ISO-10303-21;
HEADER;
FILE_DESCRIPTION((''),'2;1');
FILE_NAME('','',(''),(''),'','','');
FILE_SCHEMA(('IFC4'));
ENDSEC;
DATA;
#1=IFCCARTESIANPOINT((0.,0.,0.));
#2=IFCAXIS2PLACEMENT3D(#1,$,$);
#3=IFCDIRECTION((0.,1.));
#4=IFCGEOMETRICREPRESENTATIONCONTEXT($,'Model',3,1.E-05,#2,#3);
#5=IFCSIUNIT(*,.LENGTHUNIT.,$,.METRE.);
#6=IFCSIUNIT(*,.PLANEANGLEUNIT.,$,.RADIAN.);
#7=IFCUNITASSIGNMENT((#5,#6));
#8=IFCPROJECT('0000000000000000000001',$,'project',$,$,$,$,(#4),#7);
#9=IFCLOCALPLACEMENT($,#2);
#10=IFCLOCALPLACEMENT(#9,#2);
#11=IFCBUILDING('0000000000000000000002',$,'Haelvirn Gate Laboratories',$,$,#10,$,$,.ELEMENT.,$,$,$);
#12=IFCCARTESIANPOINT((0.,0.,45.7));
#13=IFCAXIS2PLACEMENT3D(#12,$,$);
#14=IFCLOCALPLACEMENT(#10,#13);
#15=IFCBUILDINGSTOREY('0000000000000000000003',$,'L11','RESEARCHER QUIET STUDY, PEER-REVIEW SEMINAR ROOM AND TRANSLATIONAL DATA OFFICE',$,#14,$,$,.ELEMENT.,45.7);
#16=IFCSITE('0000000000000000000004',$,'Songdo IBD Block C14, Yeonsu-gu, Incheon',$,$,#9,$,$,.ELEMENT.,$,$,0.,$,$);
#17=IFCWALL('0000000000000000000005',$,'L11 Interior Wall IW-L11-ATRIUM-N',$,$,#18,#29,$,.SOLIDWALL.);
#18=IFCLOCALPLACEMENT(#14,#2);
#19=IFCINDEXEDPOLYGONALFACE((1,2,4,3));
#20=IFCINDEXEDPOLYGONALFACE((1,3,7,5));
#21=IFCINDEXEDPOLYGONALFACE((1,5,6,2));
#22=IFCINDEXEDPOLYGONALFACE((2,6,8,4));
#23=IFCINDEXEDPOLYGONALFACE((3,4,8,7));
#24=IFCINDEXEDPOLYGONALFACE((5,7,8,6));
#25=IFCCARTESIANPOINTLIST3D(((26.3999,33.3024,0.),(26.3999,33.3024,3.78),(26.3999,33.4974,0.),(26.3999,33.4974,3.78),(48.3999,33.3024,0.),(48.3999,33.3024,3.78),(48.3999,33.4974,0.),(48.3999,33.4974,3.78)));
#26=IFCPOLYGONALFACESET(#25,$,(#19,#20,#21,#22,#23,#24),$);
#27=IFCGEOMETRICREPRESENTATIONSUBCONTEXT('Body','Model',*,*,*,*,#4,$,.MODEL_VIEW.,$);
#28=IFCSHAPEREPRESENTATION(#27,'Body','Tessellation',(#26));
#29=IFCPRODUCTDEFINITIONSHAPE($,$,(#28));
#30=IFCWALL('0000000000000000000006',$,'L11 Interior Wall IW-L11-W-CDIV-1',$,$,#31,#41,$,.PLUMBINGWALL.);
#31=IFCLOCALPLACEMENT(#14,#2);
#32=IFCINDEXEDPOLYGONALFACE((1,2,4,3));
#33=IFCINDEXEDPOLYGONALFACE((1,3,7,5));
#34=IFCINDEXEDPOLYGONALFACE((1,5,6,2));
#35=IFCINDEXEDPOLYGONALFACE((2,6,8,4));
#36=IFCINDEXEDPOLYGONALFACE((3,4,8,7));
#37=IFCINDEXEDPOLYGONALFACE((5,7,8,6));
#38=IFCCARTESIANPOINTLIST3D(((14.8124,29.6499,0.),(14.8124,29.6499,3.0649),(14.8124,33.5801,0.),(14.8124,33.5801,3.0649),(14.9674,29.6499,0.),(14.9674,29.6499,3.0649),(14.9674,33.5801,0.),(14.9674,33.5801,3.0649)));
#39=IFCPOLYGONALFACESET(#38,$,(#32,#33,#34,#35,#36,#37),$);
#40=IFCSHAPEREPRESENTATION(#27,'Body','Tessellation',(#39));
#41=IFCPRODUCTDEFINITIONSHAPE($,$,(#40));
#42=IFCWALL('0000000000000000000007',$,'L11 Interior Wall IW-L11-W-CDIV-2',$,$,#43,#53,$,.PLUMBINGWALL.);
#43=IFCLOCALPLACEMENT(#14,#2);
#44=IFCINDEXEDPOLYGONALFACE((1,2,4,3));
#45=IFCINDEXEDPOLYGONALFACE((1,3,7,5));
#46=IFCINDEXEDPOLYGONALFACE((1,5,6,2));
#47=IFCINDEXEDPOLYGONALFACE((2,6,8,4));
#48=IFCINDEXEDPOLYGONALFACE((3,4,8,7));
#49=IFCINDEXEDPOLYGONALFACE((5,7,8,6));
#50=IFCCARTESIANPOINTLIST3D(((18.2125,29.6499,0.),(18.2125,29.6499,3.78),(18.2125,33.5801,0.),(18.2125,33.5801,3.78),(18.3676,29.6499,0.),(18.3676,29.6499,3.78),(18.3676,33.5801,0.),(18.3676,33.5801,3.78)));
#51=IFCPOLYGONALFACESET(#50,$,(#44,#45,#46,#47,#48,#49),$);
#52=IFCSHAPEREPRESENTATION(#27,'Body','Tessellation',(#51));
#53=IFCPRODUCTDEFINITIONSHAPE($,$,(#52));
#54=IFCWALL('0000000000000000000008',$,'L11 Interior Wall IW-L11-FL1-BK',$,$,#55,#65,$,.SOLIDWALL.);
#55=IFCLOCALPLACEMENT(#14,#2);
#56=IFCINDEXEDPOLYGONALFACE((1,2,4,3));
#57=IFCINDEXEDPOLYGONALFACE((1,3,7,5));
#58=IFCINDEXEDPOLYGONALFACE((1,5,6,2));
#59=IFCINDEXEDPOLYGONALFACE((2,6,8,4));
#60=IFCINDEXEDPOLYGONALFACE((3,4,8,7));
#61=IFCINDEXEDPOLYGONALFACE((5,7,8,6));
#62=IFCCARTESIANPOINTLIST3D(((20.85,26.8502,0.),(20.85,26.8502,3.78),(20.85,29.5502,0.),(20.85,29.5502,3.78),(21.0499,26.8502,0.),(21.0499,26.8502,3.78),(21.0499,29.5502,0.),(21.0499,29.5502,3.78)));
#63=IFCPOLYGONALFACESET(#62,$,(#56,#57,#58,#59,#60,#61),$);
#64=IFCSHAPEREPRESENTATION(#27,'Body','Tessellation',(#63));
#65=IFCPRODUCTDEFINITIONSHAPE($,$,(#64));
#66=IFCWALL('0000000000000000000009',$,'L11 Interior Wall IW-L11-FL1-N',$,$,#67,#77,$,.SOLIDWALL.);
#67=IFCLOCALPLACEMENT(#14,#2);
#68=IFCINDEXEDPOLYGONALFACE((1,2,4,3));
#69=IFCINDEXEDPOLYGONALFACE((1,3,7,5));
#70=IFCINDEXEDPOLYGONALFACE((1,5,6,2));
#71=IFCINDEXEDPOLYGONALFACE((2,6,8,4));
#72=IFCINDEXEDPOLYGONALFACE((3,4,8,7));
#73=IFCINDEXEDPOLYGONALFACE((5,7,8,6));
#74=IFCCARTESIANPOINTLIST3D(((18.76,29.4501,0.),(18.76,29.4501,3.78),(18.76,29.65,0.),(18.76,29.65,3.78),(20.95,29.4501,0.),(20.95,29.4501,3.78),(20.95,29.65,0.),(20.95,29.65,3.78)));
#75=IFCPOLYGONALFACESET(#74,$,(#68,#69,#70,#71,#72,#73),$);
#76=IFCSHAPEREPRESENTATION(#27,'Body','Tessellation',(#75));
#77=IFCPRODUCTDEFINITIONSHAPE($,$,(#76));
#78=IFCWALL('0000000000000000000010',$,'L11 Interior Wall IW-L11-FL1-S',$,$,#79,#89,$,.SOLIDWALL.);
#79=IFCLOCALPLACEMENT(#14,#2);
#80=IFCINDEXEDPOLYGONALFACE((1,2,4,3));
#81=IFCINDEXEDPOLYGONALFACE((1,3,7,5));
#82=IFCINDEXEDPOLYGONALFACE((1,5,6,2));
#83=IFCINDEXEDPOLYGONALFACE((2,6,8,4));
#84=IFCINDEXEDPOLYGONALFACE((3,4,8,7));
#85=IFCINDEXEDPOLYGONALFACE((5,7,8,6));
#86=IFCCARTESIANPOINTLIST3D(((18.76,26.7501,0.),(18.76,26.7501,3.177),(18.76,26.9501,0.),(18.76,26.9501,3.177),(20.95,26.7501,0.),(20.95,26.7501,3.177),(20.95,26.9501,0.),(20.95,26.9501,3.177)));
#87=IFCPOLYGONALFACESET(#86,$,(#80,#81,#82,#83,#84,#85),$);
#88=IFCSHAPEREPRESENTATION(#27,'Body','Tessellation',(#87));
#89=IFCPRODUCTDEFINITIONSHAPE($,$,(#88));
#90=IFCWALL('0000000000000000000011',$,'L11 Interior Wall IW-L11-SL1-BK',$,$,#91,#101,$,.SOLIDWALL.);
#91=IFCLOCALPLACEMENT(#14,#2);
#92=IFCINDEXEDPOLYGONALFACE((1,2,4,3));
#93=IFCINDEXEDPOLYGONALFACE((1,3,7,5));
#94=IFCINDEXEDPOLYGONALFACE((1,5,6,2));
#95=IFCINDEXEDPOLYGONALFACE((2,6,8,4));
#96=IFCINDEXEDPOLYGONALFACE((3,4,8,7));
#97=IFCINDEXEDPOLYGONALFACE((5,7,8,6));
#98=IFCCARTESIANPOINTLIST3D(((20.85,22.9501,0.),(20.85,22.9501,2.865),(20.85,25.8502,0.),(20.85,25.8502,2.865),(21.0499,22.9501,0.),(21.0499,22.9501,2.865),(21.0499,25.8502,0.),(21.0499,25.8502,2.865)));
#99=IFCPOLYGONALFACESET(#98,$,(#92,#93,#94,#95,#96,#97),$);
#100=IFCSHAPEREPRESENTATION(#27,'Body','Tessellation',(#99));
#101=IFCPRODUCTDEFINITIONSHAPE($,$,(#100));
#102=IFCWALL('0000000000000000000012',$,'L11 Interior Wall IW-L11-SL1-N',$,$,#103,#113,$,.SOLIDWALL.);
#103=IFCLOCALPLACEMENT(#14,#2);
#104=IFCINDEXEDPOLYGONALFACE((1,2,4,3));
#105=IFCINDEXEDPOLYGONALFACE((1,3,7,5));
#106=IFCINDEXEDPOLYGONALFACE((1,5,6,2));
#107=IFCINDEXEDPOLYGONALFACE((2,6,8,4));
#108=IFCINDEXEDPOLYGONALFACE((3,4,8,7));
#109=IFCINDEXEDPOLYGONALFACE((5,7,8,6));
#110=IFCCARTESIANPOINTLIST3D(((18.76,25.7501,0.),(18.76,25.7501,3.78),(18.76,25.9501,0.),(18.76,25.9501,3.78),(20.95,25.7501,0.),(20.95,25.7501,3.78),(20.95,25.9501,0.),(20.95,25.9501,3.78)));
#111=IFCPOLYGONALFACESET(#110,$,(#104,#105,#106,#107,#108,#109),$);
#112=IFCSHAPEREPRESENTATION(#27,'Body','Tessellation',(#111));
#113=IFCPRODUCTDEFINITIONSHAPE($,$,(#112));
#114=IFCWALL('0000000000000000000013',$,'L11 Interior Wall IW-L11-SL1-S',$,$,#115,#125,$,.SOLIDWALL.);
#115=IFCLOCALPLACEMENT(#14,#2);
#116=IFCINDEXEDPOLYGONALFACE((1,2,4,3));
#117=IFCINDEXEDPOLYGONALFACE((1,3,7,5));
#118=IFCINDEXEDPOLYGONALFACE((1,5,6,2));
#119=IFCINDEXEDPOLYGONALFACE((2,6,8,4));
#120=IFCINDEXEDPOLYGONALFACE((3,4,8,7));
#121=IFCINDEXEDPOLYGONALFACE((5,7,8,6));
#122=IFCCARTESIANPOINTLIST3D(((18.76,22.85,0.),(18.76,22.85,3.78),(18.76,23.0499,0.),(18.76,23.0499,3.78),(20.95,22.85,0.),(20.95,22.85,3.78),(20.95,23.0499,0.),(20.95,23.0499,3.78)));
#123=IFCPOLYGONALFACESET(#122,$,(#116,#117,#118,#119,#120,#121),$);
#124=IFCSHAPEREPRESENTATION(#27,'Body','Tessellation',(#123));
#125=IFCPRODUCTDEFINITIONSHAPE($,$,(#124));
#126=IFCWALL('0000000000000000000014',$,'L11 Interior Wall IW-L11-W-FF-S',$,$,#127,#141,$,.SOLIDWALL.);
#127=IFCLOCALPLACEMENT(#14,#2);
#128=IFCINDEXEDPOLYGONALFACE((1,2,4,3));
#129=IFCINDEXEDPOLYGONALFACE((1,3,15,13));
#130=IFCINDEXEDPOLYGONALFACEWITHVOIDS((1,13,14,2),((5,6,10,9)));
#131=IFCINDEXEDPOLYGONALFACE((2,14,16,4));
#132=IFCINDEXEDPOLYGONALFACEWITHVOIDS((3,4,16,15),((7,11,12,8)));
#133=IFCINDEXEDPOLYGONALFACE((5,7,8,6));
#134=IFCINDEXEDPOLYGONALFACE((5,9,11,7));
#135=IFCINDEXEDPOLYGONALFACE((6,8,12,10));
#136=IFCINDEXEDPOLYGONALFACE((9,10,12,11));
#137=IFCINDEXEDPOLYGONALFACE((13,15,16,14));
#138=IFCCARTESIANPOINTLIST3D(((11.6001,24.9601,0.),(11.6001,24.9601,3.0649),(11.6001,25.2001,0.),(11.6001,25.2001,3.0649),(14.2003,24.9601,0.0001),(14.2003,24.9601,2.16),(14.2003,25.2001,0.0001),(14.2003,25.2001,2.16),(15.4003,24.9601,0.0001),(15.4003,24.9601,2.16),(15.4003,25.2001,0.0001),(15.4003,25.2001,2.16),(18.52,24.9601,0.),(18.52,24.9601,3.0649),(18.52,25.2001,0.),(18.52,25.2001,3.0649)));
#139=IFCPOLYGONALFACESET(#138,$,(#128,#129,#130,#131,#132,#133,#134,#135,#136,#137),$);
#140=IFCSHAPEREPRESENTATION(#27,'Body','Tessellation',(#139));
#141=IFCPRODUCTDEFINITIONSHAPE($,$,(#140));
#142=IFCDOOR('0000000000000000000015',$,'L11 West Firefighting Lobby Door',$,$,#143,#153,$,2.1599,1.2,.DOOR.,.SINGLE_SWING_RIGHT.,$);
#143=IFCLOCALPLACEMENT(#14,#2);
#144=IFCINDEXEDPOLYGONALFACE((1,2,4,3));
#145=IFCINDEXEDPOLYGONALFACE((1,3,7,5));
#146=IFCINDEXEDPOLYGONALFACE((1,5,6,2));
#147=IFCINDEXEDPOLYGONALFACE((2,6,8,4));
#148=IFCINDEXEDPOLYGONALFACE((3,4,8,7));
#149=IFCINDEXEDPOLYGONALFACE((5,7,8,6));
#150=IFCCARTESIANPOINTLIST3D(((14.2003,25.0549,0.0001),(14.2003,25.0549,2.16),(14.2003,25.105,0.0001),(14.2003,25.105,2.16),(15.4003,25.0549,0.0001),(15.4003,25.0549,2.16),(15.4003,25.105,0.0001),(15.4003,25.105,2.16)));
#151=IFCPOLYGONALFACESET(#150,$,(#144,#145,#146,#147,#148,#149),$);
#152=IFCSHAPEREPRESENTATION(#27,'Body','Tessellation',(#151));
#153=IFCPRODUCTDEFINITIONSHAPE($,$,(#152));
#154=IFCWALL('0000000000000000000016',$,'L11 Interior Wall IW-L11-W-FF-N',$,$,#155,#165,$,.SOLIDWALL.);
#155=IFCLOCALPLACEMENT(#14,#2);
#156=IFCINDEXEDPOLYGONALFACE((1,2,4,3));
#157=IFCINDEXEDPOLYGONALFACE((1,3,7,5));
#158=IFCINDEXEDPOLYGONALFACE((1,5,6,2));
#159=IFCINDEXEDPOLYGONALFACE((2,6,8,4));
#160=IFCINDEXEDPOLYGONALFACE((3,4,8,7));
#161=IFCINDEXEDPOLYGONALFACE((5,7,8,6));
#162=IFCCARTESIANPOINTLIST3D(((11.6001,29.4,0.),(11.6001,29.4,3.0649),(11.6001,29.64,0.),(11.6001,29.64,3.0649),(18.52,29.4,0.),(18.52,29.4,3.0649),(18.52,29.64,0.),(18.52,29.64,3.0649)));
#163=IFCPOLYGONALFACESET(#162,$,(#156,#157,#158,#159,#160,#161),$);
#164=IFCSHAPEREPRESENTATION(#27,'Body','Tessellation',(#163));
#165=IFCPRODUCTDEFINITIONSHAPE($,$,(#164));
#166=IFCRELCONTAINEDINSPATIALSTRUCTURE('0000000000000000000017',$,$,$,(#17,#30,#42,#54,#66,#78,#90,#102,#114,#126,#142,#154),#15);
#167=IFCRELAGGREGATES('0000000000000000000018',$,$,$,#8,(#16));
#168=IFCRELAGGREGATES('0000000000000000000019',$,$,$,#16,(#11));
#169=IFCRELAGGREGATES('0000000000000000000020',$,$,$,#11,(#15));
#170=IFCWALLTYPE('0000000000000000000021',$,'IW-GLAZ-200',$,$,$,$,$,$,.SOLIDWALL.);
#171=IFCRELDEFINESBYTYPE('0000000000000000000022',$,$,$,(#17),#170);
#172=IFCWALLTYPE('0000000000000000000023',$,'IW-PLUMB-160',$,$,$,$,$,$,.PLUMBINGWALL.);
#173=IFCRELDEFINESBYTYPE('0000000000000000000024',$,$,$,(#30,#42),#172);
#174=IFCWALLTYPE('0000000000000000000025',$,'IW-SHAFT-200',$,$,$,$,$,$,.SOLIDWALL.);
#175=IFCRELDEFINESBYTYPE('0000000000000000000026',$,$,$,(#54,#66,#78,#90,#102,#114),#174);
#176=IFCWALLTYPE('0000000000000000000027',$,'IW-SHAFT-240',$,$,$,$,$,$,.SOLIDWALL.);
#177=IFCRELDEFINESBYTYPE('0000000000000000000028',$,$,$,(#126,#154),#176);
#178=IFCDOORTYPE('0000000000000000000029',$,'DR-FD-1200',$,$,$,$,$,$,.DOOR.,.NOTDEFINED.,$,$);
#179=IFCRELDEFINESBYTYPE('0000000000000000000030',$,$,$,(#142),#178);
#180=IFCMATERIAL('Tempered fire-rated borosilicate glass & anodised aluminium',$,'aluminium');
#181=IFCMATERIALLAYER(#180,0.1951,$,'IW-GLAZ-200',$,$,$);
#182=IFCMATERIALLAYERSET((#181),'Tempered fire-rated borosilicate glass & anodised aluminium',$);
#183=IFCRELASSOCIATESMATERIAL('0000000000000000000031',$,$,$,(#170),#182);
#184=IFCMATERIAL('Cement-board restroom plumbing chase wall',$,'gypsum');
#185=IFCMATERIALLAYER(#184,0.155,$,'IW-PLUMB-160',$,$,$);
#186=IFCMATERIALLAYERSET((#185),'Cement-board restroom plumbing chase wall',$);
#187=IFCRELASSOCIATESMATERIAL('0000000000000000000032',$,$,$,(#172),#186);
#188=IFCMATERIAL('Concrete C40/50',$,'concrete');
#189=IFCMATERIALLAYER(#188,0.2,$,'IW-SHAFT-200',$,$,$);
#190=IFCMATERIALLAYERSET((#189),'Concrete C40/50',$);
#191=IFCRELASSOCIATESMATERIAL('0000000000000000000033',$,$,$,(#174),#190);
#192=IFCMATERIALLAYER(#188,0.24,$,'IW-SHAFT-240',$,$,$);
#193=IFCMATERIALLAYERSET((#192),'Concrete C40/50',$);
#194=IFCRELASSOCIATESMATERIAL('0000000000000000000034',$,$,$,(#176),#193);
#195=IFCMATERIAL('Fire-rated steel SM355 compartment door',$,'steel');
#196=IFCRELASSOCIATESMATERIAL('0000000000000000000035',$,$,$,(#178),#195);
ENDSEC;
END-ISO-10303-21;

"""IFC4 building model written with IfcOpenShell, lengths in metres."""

from ifc_helpers import new_model, si_unit, direction, frame, frame_2d, origin, place, context, subcontext, project, spatial, rectangle, extrude, source, transform, mapped, material, layer, layer_set, type_object, type_shapes, element, fill, save


model = new_model("IFC4")

# Units and contexts
model_context = context("Model", 3, precision=1e-05, world=origin(), true_north=direction((0.0, 1.0)))
body_context = subcontext(model_context, "Body", "Model", "MODEL_VIEW")
ifc_project = project(units=[si_unit("LENGTHUNIT", "METRE"), si_unit("PLANEANGLEUNIT", "RADIAN")], contexts=[model_context])

# Site, building, storey
site_placement = place(None, origin())
site = spatial("IfcSite", under=ifc_project, at=site_placement, Name="Songdo IBD Block C14, Yeonsu-gu, Incheon", CompositionType="ELEMENT", RefElevation=0.0)
building_placement = place(site_placement, origin())
building = spatial("IfcBuilding", under=site, at=building_placement, Name="Haelvirn Gate Laboratories", CompositionType="ELEMENT")
storey_placement = place(building_placement, frame((0.0, 0.0, 45.7)))
storey = spatial("IfcBuildingStorey", under=building, at=storey_placement, Name="L11", Description="RESEARCHER QUIET STUDY, PEER-REVIEW SEMINAR ROOM AND TRANSLATIONAL DATA OFFICE", CompositionType="ELEMENT", Elevation=45.7)

# Walls
ifc_material_1 = material(Name="Tempered fire-rated borosilicate glass & anodised aluminium", Category="aluminium")
ifc_layer_1 = layer(ifc_material_1, 0.1951, Name="IW-GLAZ-200")
ifc_layer_set_1 = layer_set([ifc_layer_1], Name="Tempered fire-rated borosilicate glass & anodised aluminium")
wall_type_1 = type_object("IfcWallType", Name="IW-GLAZ-200", PredefinedType="SOLIDWALL", material=ifc_layer_set_1)
wall_1_placement = place(storey_placement, frame((26.3999, 33.3999, 0.0), z_axis=(0.0, 0.0, 1.0), x_axis=(1.0, 0.0, 0.0)))
element("IfcWall", 1, at=wall_1_placement, inside=storey, type_object=wall_type_1, Name="L11 Interior Wall IW-L11-ATRIUM-N", PredefinedType="SOLIDWALL", context=body_context, shape_type="SweptSolid", body=[
    extrude(rectangle(XDim=22.0, YDim=0.1951, at=frame_2d((11.0, 0.0))), origin(), (0.0, 0.0, 1.0), 3.78),
])
ifc_material_2 = material(Name="Cement-board restroom plumbing chase wall", Category="gypsum")
ifc_layer_2 = layer(ifc_material_2, 0.155, Name="IW-PLUMB-160")
ifc_layer_set_2 = layer_set([ifc_layer_2], Name="Cement-board restroom plumbing chase wall")
wall_type_2 = type_object("IfcWallType", Name="IW-PLUMB-160", PredefinedType="PLUMBINGWALL", material=ifc_layer_set_2)
wall_2_placement = place(storey_placement, frame((14.8899, 29.6499, 0.0), z_axis=(0.0, 0.0, 1.0), x_axis=(0.0, 1.0, 0.0)))
element("IfcWall", 2, at=wall_2_placement, inside=storey, type_object=wall_type_2, Name="L11 Interior Wall IW-L11-W-CDIV-1", PredefinedType="PLUMBINGWALL", context=body_context, shape_type="SweptSolid", body=[
    extrude(rectangle(XDim=3.9302, YDim=0.155, at=frame_2d((1.9651, 0.0))), origin(), (0.0, 0.0, 1.0), 3.0649),
])
wall_3_placement = place(storey_placement, frame((18.29, 29.6499, 0.0), z_axis=(0.0, 0.0, 1.0), x_axis=(0.0, 1.0, 0.0)))
element("IfcWall", 3, at=wall_3_placement, inside=storey, type_object=wall_type_2, Name="L11 Interior Wall IW-L11-W-CDIV-2", PredefinedType="PLUMBINGWALL", context=body_context, shape_type="SweptSolid", body=[
    extrude(rectangle(XDim=3.9302, YDim=0.155, at=frame_2d((1.9651, 0.0))), origin(), (0.0, 0.0, 1.0), 3.78),
])
ifc_material_3 = material(Name="Concrete C40/50", Category="concrete")
ifc_layer_3 = layer(ifc_material_3, 0.2, Name="IW-SHAFT-200")
ifc_layer_set_3 = layer_set([ifc_layer_3], Name="Concrete C40/50")
wall_type_3 = type_object("IfcWallType", Name="IW-SHAFT-200", PredefinedType="SOLIDWALL", material=ifc_layer_set_3)
wall_4_placement = place(storey_placement, frame((20.95, 26.8501, 0.0), z_axis=(0.0, 0.0, 1.0), x_axis=(0.0, 1.0, 0.0)))
element("IfcWall", 4, at=wall_4_placement, inside=storey, type_object=wall_type_3, Name="L11 Interior Wall IW-L11-FL1-BK", PredefinedType="SOLIDWALL", context=body_context, shape_type="SweptSolid", body=[
    extrude(rectangle(XDim=2.7, YDim=0.2, at=frame_2d((1.3501, 0.0))), origin(), (0.0, 0.0, 1.0), 3.78),
])
wall_5_placement = place(storey_placement, frame((18.76, 29.55, 0.0), z_axis=(0.0, 0.0, 1.0), x_axis=(1.0, 0.0, 0.0)))
element("IfcWall", 5, at=wall_5_placement, inside=storey, type_object=wall_type_3, Name="L11 Interior Wall IW-L11-FL1-N", PredefinedType="SOLIDWALL", context=body_context, shape_type="SweptSolid", body=[
    extrude(rectangle(XDim=2.1899, YDim=0.2, at=frame_2d((1.095, 0.0))), origin(), (0.0, 0.0, 1.0), 3.78),
])
wall_6_placement = place(storey_placement, frame((18.76, 26.8501, 0.0), z_axis=(0.0, 0.0, 1.0), x_axis=(1.0, 0.0, 0.0)))
element("IfcWall", 6, at=wall_6_placement, inside=storey, type_object=wall_type_3, Name="L11 Interior Wall IW-L11-FL1-S", PredefinedType="SOLIDWALL", context=body_context, shape_type="SweptSolid", body=[
    extrude(rectangle(XDim=2.1899, YDim=0.2, at=frame_2d((1.095, 0.0))), origin(), (0.0, 0.0, 1.0), 3.177),
])
wall_7_placement = place(storey_placement, frame((20.95, 22.95, 0.0), z_axis=(0.0, 0.0, 1.0), x_axis=(0.0, 1.0, 0.0)))
element("IfcWall", 7, at=wall_7_placement, inside=storey, type_object=wall_type_3, Name="L11 Interior Wall IW-L11-SL1-BK", PredefinedType="SOLIDWALL", context=body_context, shape_type="SweptSolid", body=[
    extrude(rectangle(XDim=2.9001, YDim=0.2, at=frame_2d((1.4502, 0.0))), origin(), (0.0, 0.0, 1.0), 2.865),
])
for number, where, z_axis, x_axis, name in (
    (8, (18.76, 25.8501, 0.0), (0.0, 0.0, 1.0), (1.0, 0.0, 0.0), "L11 Interior Wall IW-L11-SL1-N"),
    (9, (18.76, 22.95, 0.0), (0.0, 0.0, 1.0), (1.0, 0.0, 0.0), "L11 Interior Wall IW-L11-SL1-S"),
):
    element("IfcWall", number, at=place(storey_placement, frame(where, z_axis=z_axis, x_axis=x_axis)), inside=storey, type_object=wall_type_3, Name=name, PredefinedType="SOLIDWALL", context=body_context, shape_type="SweptSolid", body=[
        extrude(rectangle(XDim=2.1899, YDim=0.2, at=frame_2d((1.095, 0.0))), origin(), (0.0, 0.0, 1.0), 3.78),
    ])

# Wall, opening, door
ifc_layer_4 = layer(ifc_material_3, 0.24, Name="IW-SHAFT-240")
ifc_layer_set_4 = layer_set([ifc_layer_4], Name="Concrete C40/50")
wall_type_4 = type_object("IfcWallType", Name="IW-SHAFT-240", PredefinedType="SOLIDWALL", material=ifc_layer_set_4)
wall_8_placement = place(storey_placement, frame((11.6001, 25.0801, 0.0), z_axis=(0.0, 0.0, 1.0), x_axis=(1.0, 0.0, 0.0)))
wall_8 = element("IfcWall", 10, at=wall_8_placement, inside=storey, type_object=wall_type_4, Name="L11 Interior Wall IW-L11-W-FF-S", PredefinedType="SOLIDWALL", context=body_context, shape_type="SweptSolid", body=[
    extrude(rectangle(XDim=6.9199, YDim=0.24, at=frame_2d((3.46, 0.0))), origin(), (0.0, 0.0, 1.0), 3.0649),
])
opening_1_placement = place(wall_8_placement, frame((2.6001, 0.0, 0.0)))
opening_1 = element("IfcOpeningElement", 11, at=opening_1_placement, cuts=wall_8, PredefinedType="OPENING", context=body_context, shape_type="SweptSolid", body=[
    extrude(rectangle(XDim=1.2, YDim=2.1599, at=frame_2d((0.6001, 1.0801))), frame((0.0, 0.1299, 0.0), z_axis=(0.0, -1.0, 0.0), x_axis=(1.0, 0.0, 0.0)), (0.0, 0.0, 1.0), 0.26),
])
ifc_material_4 = material(Name="Fire-rated steel SM355 compartment door", Category="steel")
door_type_1 = type_object("IfcDoorType", Name="DR-FD-1200", OperationType="NOTDEFINED", PredefinedType="DOOR", material=ifc_material_4)
shared_shape_1 = source(origin(), body_context, "Body", "SweptSolid", [
    extrude(rectangle(XDim=1.2, YDim=2.1599, at=frame_2d((0.6001, 1.0801))), frame((0.0, 0.0249, 0.0), z_axis=(0.0, -1.0, 0.0), x_axis=(1.0, 0.0, 0.0)), (0.0, 0.0, 1.0), 0.05),
])
type_shapes(door_type_1, [shared_shape_1])
door_1_placement = place(opening_1_placement, origin())
door_1 = element("IfcDoor", 12, at=door_1_placement, inside=storey, type_object=door_type_1, Name="L11 West Firefighting Lobby Door", OperationType="SINGLE_SWING_RIGHT", OverallHeight=2.1599, OverallWidth=1.2, PredefinedType="DOOR", context=body_context, shape_type="MappedRepresentation", body=[
    mapped(shared_shape_1, transform((0.0, 0.0, 0.0), scale=1.0)),
])
fill(opening_1, door_1)

# Wall
wall_9_placement = place(storey_placement, frame((11.6001, 29.52, 0.0), z_axis=(0.0, 0.0, 1.0), x_axis=(1.0, 0.0, 0.0)))
element("IfcWall", 13, at=wall_9_placement, inside=storey, type_object=wall_type_4, Name="L11 Interior Wall IW-L11-W-FF-N", PredefinedType="SOLIDWALL", context=body_context, shape_type="SweptSolid", body=[
    extrude(rectangle(XDim=6.9199, YDim=0.24, at=frame_2d((3.46, 0.0))), origin(), (0.0, 0.0, 1.0), 3.0649),
])

save(model, "model.ifc")
